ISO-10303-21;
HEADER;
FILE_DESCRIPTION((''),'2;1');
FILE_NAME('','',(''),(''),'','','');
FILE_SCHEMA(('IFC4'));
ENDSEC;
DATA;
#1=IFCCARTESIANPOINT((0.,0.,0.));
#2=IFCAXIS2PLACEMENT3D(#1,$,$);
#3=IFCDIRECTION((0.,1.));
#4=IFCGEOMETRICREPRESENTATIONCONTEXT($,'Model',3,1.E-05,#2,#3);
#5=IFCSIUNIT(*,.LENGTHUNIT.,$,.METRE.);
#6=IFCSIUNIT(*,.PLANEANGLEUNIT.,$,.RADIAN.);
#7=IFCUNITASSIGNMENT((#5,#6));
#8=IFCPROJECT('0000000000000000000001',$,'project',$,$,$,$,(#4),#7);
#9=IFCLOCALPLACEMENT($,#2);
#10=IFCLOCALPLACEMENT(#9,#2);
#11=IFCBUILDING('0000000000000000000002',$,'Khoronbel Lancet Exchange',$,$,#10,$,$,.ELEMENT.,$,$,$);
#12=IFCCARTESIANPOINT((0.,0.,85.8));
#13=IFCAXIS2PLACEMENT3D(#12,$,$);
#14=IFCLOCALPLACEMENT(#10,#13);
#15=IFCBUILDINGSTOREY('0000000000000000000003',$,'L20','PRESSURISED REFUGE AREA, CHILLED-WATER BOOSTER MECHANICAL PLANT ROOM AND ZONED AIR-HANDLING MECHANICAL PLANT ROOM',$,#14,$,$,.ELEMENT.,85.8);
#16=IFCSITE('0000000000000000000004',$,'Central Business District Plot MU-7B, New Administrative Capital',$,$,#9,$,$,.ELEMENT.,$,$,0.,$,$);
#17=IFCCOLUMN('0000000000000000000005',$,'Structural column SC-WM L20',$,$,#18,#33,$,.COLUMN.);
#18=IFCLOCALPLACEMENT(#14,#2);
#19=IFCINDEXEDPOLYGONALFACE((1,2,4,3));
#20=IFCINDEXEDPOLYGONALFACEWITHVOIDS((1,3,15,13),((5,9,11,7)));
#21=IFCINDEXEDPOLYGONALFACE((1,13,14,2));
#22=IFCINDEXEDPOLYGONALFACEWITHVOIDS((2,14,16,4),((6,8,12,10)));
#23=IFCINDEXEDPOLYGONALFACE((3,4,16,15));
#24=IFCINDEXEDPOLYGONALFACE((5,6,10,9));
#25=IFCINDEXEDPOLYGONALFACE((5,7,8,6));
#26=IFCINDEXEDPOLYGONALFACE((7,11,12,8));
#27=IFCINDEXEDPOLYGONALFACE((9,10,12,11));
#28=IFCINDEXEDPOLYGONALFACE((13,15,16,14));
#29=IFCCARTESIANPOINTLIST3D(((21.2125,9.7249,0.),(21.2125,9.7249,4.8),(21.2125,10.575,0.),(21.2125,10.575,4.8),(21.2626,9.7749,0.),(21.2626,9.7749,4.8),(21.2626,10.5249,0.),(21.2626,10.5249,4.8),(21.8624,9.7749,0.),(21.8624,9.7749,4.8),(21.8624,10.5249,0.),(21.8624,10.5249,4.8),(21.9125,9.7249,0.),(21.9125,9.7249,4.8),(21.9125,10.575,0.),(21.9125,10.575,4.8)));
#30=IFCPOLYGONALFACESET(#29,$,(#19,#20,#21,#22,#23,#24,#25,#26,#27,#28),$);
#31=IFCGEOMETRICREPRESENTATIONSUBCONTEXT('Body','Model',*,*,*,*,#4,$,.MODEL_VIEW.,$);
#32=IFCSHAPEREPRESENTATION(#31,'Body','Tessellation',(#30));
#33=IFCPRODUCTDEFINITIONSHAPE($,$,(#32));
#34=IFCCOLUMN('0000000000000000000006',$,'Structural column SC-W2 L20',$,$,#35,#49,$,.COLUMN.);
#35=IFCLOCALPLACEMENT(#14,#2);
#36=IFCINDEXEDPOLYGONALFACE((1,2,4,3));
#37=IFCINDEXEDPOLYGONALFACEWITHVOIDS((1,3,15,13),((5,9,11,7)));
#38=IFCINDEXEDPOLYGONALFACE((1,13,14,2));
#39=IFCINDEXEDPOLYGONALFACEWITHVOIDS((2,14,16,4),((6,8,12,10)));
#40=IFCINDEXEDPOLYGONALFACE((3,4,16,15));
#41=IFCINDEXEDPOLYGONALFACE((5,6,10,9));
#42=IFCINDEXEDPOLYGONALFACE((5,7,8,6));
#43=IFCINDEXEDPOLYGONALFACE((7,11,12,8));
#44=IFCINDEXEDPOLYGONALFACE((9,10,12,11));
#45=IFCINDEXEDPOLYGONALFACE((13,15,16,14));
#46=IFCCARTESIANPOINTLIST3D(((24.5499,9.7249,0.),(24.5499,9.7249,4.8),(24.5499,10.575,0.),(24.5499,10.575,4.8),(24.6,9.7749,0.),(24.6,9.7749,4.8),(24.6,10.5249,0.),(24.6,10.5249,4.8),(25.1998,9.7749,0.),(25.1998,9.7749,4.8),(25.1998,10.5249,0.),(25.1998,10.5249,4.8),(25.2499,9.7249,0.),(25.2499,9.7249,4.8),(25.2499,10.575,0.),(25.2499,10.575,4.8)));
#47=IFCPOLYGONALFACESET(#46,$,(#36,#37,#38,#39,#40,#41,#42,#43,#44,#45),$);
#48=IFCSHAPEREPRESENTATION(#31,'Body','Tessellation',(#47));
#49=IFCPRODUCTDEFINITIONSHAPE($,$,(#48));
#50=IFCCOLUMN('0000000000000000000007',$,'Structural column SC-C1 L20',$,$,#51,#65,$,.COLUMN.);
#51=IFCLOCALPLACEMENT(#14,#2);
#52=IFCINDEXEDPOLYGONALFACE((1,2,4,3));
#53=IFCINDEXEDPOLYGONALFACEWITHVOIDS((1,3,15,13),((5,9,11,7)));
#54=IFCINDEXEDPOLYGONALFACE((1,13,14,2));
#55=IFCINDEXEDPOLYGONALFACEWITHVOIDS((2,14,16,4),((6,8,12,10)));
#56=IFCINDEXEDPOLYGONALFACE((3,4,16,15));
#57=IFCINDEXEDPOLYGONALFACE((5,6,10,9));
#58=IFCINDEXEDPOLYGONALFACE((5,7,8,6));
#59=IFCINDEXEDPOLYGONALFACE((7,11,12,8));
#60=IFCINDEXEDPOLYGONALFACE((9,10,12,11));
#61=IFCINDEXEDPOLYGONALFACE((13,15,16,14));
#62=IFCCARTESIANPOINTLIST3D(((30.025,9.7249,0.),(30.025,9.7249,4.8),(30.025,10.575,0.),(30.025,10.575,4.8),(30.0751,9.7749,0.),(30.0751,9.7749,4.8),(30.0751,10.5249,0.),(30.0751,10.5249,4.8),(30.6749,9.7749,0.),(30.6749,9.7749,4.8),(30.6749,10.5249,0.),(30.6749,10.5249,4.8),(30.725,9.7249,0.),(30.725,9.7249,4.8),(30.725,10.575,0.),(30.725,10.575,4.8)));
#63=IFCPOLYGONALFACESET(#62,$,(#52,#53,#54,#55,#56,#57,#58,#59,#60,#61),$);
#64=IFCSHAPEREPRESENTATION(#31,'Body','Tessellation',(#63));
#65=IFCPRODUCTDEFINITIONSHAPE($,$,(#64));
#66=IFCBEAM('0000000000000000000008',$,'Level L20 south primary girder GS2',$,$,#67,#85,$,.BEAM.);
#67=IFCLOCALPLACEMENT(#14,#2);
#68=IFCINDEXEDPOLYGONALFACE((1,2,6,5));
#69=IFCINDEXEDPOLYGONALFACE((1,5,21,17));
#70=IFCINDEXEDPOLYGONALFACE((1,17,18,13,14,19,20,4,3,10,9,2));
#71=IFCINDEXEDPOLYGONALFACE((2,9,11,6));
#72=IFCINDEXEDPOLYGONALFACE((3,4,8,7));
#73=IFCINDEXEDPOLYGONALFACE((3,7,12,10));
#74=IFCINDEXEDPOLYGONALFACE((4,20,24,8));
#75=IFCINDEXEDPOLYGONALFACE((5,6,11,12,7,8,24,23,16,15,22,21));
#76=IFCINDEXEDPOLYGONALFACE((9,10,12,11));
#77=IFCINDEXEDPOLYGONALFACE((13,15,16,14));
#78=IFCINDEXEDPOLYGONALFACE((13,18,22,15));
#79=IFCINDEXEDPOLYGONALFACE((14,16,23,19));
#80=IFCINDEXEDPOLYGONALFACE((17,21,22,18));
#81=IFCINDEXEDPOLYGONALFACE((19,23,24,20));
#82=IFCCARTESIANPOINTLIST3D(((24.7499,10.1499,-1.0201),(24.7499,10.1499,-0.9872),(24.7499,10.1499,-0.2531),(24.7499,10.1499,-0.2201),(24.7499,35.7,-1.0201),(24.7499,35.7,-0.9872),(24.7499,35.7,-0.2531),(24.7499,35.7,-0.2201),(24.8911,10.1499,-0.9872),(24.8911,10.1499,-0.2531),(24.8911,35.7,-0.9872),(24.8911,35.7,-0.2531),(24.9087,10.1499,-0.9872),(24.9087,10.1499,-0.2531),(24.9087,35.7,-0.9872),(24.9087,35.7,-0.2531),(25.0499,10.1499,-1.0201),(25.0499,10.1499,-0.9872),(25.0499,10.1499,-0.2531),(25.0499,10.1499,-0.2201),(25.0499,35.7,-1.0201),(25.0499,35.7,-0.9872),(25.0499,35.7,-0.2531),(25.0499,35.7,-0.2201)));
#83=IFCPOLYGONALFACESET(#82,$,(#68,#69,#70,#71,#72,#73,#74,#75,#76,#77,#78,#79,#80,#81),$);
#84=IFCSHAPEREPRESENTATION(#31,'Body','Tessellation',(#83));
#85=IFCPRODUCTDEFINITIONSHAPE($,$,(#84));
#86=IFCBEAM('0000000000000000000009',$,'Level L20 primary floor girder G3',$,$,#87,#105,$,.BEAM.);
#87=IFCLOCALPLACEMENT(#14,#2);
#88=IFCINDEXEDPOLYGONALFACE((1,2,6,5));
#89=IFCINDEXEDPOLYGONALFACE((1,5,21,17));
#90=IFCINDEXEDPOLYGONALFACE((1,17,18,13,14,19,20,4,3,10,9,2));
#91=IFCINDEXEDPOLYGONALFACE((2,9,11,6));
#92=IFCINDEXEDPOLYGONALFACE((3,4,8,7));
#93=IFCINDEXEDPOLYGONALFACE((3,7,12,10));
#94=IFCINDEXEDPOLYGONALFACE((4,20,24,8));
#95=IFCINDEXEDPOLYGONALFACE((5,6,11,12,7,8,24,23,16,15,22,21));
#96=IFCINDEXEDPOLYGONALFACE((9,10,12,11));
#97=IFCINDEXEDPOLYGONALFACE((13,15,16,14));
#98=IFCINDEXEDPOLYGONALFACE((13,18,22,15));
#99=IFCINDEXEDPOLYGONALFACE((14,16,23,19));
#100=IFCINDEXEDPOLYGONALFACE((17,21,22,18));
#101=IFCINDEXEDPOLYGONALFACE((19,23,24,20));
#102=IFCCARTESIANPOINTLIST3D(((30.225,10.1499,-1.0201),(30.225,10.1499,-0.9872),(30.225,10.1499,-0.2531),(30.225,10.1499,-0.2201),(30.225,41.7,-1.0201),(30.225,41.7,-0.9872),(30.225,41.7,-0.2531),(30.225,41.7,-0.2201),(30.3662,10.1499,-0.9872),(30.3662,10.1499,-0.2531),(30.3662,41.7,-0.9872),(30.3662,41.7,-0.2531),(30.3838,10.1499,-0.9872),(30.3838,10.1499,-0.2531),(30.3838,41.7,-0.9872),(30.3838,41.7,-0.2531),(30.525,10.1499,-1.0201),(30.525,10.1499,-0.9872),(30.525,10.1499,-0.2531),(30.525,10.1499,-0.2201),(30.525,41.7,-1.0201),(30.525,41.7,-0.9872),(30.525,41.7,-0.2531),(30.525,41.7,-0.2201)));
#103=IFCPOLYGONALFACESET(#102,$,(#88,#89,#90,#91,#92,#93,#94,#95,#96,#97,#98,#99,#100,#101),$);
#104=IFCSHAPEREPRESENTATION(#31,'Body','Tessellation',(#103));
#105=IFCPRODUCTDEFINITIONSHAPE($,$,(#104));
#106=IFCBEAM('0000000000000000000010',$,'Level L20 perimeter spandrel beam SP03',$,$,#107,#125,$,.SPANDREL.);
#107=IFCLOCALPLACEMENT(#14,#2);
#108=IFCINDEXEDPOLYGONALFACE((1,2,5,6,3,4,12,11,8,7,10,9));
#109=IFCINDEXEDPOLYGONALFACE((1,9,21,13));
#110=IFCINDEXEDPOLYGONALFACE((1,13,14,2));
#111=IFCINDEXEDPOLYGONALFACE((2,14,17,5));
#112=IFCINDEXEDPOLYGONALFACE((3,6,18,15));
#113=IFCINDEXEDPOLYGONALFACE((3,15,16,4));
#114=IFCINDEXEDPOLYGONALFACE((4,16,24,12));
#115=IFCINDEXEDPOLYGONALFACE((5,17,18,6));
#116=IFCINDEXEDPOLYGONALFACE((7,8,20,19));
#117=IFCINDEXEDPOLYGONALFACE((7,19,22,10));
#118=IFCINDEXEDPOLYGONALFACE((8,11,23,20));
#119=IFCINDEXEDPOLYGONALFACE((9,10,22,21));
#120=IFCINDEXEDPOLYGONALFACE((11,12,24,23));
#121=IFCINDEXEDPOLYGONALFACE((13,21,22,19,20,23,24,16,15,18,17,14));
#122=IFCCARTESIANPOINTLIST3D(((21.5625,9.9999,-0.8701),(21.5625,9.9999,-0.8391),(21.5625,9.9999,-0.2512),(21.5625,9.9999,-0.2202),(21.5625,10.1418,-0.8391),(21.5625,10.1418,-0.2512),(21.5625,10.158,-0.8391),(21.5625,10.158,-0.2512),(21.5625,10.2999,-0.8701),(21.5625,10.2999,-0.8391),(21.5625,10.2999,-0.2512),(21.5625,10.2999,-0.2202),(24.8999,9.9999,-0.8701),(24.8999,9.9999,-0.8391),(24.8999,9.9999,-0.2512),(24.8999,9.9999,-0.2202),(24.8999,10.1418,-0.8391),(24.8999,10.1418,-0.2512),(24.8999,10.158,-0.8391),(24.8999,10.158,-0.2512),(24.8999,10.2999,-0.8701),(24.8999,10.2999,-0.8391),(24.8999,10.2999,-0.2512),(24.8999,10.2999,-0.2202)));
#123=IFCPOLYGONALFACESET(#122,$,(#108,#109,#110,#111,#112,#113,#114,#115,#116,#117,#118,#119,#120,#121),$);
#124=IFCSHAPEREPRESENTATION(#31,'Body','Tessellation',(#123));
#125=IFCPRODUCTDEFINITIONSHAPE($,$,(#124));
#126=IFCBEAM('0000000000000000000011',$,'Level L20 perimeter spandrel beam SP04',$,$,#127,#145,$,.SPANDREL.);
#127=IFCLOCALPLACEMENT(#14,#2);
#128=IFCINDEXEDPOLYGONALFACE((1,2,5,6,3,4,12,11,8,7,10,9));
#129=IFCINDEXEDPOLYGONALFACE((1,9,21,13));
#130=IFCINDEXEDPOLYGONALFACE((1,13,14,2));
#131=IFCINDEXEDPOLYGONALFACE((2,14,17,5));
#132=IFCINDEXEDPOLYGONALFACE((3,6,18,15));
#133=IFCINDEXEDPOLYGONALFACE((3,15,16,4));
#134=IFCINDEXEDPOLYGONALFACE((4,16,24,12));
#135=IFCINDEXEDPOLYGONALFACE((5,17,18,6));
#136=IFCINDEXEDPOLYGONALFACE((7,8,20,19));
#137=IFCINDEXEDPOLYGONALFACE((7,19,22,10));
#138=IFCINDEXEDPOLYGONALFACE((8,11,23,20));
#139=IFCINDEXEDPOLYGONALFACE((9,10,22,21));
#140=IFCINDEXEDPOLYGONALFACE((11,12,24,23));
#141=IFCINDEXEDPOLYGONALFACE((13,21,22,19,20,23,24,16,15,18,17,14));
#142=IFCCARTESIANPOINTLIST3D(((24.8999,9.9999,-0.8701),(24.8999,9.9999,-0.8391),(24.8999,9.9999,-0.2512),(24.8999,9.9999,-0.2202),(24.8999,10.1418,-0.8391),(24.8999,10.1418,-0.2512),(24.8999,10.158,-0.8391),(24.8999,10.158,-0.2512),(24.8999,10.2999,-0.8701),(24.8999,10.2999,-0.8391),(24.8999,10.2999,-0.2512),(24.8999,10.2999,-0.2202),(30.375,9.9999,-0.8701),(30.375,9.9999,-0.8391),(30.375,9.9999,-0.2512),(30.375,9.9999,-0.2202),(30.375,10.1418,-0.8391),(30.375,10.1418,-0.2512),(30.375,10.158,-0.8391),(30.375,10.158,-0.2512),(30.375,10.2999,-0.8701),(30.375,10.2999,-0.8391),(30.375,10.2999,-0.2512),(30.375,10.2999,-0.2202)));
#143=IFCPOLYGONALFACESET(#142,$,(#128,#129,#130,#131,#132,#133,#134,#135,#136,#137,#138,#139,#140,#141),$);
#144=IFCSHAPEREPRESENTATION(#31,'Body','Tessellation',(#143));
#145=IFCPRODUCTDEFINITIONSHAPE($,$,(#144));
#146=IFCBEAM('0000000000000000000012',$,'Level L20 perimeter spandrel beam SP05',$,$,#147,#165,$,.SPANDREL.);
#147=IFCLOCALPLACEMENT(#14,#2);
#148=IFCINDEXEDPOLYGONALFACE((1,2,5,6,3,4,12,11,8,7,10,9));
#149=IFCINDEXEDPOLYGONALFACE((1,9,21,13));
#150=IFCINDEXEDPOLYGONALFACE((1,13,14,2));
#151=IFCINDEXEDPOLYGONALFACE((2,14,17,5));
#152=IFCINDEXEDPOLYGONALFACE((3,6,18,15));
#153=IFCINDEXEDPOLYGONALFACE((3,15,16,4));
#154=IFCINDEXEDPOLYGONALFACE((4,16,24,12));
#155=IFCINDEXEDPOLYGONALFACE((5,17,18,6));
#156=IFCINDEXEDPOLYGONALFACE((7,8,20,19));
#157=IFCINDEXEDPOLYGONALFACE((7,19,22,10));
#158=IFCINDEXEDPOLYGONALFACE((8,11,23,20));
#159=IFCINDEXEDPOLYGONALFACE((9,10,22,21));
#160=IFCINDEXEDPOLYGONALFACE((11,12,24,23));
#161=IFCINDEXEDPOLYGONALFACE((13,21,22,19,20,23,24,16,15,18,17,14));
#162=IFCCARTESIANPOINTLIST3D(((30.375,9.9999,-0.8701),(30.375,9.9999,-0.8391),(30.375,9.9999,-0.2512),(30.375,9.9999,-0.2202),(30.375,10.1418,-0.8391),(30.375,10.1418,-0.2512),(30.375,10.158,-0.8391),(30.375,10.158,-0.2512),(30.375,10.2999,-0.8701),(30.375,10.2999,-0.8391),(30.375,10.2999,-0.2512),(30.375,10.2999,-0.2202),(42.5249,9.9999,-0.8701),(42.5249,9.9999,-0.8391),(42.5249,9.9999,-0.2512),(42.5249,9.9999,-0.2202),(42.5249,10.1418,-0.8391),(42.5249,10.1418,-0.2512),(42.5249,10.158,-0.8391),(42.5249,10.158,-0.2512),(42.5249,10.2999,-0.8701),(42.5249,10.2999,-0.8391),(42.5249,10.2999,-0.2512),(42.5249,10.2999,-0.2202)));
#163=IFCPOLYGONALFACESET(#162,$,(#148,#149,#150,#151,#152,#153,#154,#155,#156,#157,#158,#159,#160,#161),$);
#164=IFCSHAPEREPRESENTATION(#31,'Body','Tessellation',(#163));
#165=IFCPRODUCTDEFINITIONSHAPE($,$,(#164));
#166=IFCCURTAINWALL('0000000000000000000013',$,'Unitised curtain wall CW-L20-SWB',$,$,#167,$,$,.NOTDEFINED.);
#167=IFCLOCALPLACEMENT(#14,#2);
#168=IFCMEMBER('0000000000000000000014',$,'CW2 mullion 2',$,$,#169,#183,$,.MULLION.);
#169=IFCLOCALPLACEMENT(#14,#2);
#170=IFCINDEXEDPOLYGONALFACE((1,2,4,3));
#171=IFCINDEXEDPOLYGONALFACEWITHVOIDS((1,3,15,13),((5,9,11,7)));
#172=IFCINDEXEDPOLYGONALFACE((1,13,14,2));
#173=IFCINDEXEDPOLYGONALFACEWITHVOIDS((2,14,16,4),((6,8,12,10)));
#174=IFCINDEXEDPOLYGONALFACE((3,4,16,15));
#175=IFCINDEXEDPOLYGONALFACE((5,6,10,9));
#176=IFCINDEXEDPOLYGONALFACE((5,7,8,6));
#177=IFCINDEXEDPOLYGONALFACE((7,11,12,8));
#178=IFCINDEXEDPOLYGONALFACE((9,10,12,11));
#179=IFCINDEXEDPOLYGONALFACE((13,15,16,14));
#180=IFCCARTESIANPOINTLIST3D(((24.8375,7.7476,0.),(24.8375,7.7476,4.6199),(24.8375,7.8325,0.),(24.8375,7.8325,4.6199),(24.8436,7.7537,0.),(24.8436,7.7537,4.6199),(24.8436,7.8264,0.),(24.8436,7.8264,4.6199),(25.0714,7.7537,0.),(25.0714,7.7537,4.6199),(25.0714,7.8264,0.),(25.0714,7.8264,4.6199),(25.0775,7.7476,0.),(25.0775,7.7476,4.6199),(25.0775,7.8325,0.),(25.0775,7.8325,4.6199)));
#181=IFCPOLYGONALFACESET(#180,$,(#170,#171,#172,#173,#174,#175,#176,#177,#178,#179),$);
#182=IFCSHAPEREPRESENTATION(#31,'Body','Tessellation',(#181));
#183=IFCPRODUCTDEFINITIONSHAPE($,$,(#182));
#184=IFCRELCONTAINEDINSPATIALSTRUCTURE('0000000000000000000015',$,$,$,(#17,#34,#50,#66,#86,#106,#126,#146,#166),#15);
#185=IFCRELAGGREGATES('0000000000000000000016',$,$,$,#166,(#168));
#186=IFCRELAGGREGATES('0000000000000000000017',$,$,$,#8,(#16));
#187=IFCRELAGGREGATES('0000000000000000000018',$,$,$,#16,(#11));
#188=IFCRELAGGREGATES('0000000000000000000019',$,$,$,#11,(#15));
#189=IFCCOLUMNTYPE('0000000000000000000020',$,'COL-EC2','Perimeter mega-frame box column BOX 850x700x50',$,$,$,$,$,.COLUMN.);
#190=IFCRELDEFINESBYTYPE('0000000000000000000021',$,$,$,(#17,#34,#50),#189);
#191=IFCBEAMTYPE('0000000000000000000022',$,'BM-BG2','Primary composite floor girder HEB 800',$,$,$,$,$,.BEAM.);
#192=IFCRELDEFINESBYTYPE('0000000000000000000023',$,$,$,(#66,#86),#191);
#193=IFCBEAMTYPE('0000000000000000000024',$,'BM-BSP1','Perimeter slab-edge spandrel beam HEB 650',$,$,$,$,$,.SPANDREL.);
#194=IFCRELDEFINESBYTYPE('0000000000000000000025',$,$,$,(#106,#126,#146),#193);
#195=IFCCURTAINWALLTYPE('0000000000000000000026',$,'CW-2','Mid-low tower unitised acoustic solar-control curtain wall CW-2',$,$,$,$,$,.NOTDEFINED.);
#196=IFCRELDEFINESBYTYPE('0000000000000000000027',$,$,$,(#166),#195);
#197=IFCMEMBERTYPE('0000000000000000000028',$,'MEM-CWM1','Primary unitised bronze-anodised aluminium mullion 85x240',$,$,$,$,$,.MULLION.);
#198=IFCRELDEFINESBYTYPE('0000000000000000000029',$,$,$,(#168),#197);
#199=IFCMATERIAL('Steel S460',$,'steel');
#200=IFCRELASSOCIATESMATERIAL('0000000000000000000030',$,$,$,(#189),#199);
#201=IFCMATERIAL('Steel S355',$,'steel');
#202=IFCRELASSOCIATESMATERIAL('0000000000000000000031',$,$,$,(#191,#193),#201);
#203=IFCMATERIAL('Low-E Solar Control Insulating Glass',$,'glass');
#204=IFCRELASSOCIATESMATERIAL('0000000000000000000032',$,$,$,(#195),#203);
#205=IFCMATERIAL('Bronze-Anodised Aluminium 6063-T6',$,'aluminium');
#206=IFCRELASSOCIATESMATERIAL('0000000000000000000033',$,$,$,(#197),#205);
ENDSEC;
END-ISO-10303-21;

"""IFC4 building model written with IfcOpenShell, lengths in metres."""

from ifc_helpers import new_model, si_unit, direction, frame, origin, origin_2d, place, context, subcontext, project, spatial, hollow_rectangle, i_section, extrude, material, material_profile, profile_set, type_object, element, aggregate, save


model = new_model("IFC4")

# Units and contexts
model_context = context("Model", 3, precision=1e-05, world=origin(), true_north=direction((0.0, 1.0)))
body_context = subcontext(model_context, "Body", "Model", "MODEL_VIEW")
ifc_project = project(units=[si_unit("LENGTHUNIT", "METRE"), si_unit("PLANEANGLEUNIT", "RADIAN")], contexts=[model_context])

# Site, building, storey
site_placement = place(None, origin())
site = spatial("IfcSite", under=ifc_project, at=site_placement, Name="Central Business District Plot MU-7B, New Administrative Capital", CompositionType="ELEMENT", RefElevation=0.0)
building_placement = place(site_placement, origin())
building = spatial("IfcBuilding", under=site, at=building_placement, Name="Khoronbel Lancet Exchange", CompositionType="ELEMENT")
storey_placement = place(building_placement, frame((0.0, 0.0, 85.8)))
storey = spatial("IfcBuildingStorey", under=building, at=storey_placement, Name="L20", Description="PRESSURISED REFUGE AREA, CHILLED-WATER BOOSTER MECHANICAL PLANT ROOM AND ZONED AIR-HANDLING MECHANICAL PLANT ROOM", CompositionType="ELEMENT", Elevation=85.8)

# Columns
ifc_material_1 = material(Name="Steel S460", Category="steel")
ifc_material_profile_1 = material_profile(ifc_material_1, hollow_rectangle(XDim=0.7, YDim=0.8501, WallThickness=0.05, at=origin_2d()), Name="BOX 850x700x50")
ifc_profile_set_1 = profile_set([ifc_material_profile_1], Name="Steel S460")
column_type = type_object("IfcColumnType", Name="COL-EC2", Description="Perimeter mega-frame box column BOX 850x700x50", PredefinedType="COLUMN", material=ifc_profile_set_1)
for number, where, z_axis, x_axis, name in (
    (1, (21.5625, 10.1499, 0.0), (0.0, 0.0, 1.0), (1.0, 0.0, 0.0), "Structural column SC-WM L20"),
    (2, (24.8999, 10.1499, 0.0), (0.0, 0.0, 1.0), (1.0, 0.0, 0.0), "Structural column SC-W2 L20"),
    (3, (30.375, 10.1499, 0.0), (0.0, 0.0, 1.0), (1.0, 0.0, 0.0), "Structural column SC-C1 L20"),
):
    element("IfcColumn", number, at=place(storey_placement, frame(where, z_axis=z_axis, x_axis=x_axis)), inside=storey, type_object=column_type, Name=name, PredefinedType="COLUMN", context=body_context, shape_type="SweptSolid", body=[
        extrude(hollow_rectangle(XDim=0.7, YDim=0.8501, WallThickness=0.05, at=origin_2d()), origin(), (0.0, 0.0, 1.0), 4.8),
    ])

# Beams
ifc_material_2 = material(Name="Steel S355", Category="steel")
ifc_material_profile_2 = material_profile(ifc_material_2, i_section(OverallWidth=0.3, OverallDepth=0.8, WebThickness=0.0176, FlangeThickness=0.033, at=origin_2d()), Name="HEB 800")
ifc_profile_set_2 = profile_set([ifc_material_profile_2], Name="Steel S355")
beam_type_1 = type_object("IfcBeamType", Name="BM-BG2", Description="Primary composite floor girder HEB 800", PredefinedType="BEAM", material=ifc_profile_set_2)
beam_1_placement = place(storey_placement, frame((24.8999, 10.1499, -0.6201), z_axis=(0.0, 1.0, 0.0), x_axis=(-1.0, 0.0, 0.0)))
element("IfcBeam", 4, at=beam_1_placement, inside=storey, type_object=beam_type_1, Name="Level L20 south primary girder GS2", PredefinedType="BEAM", context=body_context, shape_type="SweptSolid", body=[
    extrude(i_section(OverallWidth=0.3, OverallDepth=0.8, WebThickness=0.0176, FlangeThickness=0.033, at=origin_2d()), origin(), (0.0, 0.0, 1.0), 25.55),
])
beam_2_placement = place(storey_placement, frame((30.375, 10.1499, -0.6201), z_axis=(0.0, 1.0, 0.0), x_axis=(-1.0, 0.0, 0.0)))
element("IfcBeam", 5, at=beam_2_placement, inside=storey, type_object=beam_type_1, Name="Level L20 primary floor girder G3", PredefinedType="BEAM", context=body_context, shape_type="SweptSolid", body=[
    extrude(i_section(OverallWidth=0.3, OverallDepth=0.8, WebThickness=0.0176, FlangeThickness=0.033, at=origin_2d()), origin(), (0.0, 0.0, 1.0), 31.55),
])
ifc_material_profile_3 = material_profile(ifc_material_2, i_section(OverallWidth=0.3, OverallDepth=0.6499, WebThickness=0.0161, FlangeThickness=0.031, at=origin_2d()), Name="HEB 650")
ifc_profile_set_3 = profile_set([ifc_material_profile_3], Name="Steel S355")
beam_type_2 = type_object("IfcBeamType", Name="BM-BSP1", Description="Perimeter slab-edge spandrel beam HEB 650", PredefinedType="SPANDREL", material=ifc_profile_set_3)
beam_3_placement = place(storey_placement, frame((21.5625, 10.1499, -0.5452), z_axis=(1.0, 0.0, 0.0), x_axis=(0.0, 1.0, 0.0)))
element("IfcBeam", 6, at=beam_3_placement, inside=storey, type_object=beam_type_2, Name="Level L20 perimeter spandrel beam SP03", PredefinedType="SPANDREL", context=body_context, shape_type="SweptSolid", body=[
    extrude(i_section(OverallWidth=0.3, OverallDepth=0.6499, WebThickness=0.0161, FlangeThickness=0.031, at=origin_2d()), origin(), (0.0, 0.0, 1.0), 3.3374),
])
beam_4_placement = place(storey_placement, frame((24.8999, 10.1499, -0.5452), z_axis=(1.0, 0.0, 0.0), x_axis=(0.0, 1.0, 0.0)))
element("IfcBeam", 7, at=beam_4_placement, inside=storey, type_object=beam_type_2, Name="Level L20 perimeter spandrel beam SP04", PredefinedType="SPANDREL", context=body_context, shape_type="SweptSolid", body=[
    extrude(i_section(OverallWidth=0.3, OverallDepth=0.6499, WebThickness=0.0161, FlangeThickness=0.031, at=origin_2d()), origin(), (0.0, 0.0, 1.0), 5.4751),
])
beam_5_placement = place(storey_placement, frame((30.375, 10.1499, -0.5452), z_axis=(1.0, 0.0, 0.0), x_axis=(0.0, 1.0, 0.0)))
element("IfcBeam", 8, at=beam_5_placement, inside=storey, type_object=beam_type_2, Name="Level L20 perimeter spandrel beam SP05", PredefinedType="SPANDREL", context=body_context, shape_type="SweptSolid", body=[
    extrude(i_section(OverallWidth=0.3, OverallDepth=0.6499, WebThickness=0.0161, FlangeThickness=0.031, at=origin_2d()), origin(), (0.0, 0.0, 1.0), 12.1499),
])

# Curtain wall, member
ifc_material_3 = material(Name="Low-E Solar Control Insulating Glass", Category="glass")
curtain_wall_type = type_object("IfcCurtainWallType", Name="CW-2", Description="Mid-low tower unitised acoustic solar-control curtain wall CW-2", PredefinedType="NOTDEFINED", material=ifc_material_3)
curtain_wall_1_placement = place(storey_placement, origin())
curtain_wall_1 = element("IfcCurtainWall", 9, at=curtain_wall_1_placement, inside=storey, type_object=curtain_wall_type, Name="Unitised curtain wall CW-L20-SWB", PredefinedType="NOTDEFINED")
ifc_material_4 = material(Name="Bronze-Anodised Aluminium 6063-T6", Category="aluminium")
ifc_material_profile_4 = material_profile(ifc_material_4, hollow_rectangle(XDim=0.085, YDim=0.24, WallThickness=0.0061, at=origin_2d()), Name="ALU MULLION 85x240")
ifc_profile_set_4 = profile_set([ifc_material_profile_4], Name="Bronze-Anodised Aluminium 6063-T6")
member_type_1 = type_object("IfcMemberType", Name="MEM-CWM1", Description="Primary unitised bronze-anodised aluminium mullion 85x240", PredefinedType="MULLION", material=ifc_profile_set_4)
member_1_placement = place(storey_placement, frame((24.9575, 7.79, 0.0), z_axis=(0.0, 0.0, 1.0), x_axis=(0.0, 1.0, 0.0)))
member_1 = element("IfcMember", 10, at=member_1_placement, type_object=member_type_1, Name="CW2 mullion 2", PredefinedType="MULLION", context=body_context, shape_type="SweptSolid", body=[
    extrude(hollow_rectangle(XDim=0.085, YDim=0.24, WallThickness=0.0061, at=origin_2d()), origin(), (0.0, 0.0, 1.0), 4.6199),
])

aggregate(curtain_wall_1, [member_1])

save(model, "model.ifc")
